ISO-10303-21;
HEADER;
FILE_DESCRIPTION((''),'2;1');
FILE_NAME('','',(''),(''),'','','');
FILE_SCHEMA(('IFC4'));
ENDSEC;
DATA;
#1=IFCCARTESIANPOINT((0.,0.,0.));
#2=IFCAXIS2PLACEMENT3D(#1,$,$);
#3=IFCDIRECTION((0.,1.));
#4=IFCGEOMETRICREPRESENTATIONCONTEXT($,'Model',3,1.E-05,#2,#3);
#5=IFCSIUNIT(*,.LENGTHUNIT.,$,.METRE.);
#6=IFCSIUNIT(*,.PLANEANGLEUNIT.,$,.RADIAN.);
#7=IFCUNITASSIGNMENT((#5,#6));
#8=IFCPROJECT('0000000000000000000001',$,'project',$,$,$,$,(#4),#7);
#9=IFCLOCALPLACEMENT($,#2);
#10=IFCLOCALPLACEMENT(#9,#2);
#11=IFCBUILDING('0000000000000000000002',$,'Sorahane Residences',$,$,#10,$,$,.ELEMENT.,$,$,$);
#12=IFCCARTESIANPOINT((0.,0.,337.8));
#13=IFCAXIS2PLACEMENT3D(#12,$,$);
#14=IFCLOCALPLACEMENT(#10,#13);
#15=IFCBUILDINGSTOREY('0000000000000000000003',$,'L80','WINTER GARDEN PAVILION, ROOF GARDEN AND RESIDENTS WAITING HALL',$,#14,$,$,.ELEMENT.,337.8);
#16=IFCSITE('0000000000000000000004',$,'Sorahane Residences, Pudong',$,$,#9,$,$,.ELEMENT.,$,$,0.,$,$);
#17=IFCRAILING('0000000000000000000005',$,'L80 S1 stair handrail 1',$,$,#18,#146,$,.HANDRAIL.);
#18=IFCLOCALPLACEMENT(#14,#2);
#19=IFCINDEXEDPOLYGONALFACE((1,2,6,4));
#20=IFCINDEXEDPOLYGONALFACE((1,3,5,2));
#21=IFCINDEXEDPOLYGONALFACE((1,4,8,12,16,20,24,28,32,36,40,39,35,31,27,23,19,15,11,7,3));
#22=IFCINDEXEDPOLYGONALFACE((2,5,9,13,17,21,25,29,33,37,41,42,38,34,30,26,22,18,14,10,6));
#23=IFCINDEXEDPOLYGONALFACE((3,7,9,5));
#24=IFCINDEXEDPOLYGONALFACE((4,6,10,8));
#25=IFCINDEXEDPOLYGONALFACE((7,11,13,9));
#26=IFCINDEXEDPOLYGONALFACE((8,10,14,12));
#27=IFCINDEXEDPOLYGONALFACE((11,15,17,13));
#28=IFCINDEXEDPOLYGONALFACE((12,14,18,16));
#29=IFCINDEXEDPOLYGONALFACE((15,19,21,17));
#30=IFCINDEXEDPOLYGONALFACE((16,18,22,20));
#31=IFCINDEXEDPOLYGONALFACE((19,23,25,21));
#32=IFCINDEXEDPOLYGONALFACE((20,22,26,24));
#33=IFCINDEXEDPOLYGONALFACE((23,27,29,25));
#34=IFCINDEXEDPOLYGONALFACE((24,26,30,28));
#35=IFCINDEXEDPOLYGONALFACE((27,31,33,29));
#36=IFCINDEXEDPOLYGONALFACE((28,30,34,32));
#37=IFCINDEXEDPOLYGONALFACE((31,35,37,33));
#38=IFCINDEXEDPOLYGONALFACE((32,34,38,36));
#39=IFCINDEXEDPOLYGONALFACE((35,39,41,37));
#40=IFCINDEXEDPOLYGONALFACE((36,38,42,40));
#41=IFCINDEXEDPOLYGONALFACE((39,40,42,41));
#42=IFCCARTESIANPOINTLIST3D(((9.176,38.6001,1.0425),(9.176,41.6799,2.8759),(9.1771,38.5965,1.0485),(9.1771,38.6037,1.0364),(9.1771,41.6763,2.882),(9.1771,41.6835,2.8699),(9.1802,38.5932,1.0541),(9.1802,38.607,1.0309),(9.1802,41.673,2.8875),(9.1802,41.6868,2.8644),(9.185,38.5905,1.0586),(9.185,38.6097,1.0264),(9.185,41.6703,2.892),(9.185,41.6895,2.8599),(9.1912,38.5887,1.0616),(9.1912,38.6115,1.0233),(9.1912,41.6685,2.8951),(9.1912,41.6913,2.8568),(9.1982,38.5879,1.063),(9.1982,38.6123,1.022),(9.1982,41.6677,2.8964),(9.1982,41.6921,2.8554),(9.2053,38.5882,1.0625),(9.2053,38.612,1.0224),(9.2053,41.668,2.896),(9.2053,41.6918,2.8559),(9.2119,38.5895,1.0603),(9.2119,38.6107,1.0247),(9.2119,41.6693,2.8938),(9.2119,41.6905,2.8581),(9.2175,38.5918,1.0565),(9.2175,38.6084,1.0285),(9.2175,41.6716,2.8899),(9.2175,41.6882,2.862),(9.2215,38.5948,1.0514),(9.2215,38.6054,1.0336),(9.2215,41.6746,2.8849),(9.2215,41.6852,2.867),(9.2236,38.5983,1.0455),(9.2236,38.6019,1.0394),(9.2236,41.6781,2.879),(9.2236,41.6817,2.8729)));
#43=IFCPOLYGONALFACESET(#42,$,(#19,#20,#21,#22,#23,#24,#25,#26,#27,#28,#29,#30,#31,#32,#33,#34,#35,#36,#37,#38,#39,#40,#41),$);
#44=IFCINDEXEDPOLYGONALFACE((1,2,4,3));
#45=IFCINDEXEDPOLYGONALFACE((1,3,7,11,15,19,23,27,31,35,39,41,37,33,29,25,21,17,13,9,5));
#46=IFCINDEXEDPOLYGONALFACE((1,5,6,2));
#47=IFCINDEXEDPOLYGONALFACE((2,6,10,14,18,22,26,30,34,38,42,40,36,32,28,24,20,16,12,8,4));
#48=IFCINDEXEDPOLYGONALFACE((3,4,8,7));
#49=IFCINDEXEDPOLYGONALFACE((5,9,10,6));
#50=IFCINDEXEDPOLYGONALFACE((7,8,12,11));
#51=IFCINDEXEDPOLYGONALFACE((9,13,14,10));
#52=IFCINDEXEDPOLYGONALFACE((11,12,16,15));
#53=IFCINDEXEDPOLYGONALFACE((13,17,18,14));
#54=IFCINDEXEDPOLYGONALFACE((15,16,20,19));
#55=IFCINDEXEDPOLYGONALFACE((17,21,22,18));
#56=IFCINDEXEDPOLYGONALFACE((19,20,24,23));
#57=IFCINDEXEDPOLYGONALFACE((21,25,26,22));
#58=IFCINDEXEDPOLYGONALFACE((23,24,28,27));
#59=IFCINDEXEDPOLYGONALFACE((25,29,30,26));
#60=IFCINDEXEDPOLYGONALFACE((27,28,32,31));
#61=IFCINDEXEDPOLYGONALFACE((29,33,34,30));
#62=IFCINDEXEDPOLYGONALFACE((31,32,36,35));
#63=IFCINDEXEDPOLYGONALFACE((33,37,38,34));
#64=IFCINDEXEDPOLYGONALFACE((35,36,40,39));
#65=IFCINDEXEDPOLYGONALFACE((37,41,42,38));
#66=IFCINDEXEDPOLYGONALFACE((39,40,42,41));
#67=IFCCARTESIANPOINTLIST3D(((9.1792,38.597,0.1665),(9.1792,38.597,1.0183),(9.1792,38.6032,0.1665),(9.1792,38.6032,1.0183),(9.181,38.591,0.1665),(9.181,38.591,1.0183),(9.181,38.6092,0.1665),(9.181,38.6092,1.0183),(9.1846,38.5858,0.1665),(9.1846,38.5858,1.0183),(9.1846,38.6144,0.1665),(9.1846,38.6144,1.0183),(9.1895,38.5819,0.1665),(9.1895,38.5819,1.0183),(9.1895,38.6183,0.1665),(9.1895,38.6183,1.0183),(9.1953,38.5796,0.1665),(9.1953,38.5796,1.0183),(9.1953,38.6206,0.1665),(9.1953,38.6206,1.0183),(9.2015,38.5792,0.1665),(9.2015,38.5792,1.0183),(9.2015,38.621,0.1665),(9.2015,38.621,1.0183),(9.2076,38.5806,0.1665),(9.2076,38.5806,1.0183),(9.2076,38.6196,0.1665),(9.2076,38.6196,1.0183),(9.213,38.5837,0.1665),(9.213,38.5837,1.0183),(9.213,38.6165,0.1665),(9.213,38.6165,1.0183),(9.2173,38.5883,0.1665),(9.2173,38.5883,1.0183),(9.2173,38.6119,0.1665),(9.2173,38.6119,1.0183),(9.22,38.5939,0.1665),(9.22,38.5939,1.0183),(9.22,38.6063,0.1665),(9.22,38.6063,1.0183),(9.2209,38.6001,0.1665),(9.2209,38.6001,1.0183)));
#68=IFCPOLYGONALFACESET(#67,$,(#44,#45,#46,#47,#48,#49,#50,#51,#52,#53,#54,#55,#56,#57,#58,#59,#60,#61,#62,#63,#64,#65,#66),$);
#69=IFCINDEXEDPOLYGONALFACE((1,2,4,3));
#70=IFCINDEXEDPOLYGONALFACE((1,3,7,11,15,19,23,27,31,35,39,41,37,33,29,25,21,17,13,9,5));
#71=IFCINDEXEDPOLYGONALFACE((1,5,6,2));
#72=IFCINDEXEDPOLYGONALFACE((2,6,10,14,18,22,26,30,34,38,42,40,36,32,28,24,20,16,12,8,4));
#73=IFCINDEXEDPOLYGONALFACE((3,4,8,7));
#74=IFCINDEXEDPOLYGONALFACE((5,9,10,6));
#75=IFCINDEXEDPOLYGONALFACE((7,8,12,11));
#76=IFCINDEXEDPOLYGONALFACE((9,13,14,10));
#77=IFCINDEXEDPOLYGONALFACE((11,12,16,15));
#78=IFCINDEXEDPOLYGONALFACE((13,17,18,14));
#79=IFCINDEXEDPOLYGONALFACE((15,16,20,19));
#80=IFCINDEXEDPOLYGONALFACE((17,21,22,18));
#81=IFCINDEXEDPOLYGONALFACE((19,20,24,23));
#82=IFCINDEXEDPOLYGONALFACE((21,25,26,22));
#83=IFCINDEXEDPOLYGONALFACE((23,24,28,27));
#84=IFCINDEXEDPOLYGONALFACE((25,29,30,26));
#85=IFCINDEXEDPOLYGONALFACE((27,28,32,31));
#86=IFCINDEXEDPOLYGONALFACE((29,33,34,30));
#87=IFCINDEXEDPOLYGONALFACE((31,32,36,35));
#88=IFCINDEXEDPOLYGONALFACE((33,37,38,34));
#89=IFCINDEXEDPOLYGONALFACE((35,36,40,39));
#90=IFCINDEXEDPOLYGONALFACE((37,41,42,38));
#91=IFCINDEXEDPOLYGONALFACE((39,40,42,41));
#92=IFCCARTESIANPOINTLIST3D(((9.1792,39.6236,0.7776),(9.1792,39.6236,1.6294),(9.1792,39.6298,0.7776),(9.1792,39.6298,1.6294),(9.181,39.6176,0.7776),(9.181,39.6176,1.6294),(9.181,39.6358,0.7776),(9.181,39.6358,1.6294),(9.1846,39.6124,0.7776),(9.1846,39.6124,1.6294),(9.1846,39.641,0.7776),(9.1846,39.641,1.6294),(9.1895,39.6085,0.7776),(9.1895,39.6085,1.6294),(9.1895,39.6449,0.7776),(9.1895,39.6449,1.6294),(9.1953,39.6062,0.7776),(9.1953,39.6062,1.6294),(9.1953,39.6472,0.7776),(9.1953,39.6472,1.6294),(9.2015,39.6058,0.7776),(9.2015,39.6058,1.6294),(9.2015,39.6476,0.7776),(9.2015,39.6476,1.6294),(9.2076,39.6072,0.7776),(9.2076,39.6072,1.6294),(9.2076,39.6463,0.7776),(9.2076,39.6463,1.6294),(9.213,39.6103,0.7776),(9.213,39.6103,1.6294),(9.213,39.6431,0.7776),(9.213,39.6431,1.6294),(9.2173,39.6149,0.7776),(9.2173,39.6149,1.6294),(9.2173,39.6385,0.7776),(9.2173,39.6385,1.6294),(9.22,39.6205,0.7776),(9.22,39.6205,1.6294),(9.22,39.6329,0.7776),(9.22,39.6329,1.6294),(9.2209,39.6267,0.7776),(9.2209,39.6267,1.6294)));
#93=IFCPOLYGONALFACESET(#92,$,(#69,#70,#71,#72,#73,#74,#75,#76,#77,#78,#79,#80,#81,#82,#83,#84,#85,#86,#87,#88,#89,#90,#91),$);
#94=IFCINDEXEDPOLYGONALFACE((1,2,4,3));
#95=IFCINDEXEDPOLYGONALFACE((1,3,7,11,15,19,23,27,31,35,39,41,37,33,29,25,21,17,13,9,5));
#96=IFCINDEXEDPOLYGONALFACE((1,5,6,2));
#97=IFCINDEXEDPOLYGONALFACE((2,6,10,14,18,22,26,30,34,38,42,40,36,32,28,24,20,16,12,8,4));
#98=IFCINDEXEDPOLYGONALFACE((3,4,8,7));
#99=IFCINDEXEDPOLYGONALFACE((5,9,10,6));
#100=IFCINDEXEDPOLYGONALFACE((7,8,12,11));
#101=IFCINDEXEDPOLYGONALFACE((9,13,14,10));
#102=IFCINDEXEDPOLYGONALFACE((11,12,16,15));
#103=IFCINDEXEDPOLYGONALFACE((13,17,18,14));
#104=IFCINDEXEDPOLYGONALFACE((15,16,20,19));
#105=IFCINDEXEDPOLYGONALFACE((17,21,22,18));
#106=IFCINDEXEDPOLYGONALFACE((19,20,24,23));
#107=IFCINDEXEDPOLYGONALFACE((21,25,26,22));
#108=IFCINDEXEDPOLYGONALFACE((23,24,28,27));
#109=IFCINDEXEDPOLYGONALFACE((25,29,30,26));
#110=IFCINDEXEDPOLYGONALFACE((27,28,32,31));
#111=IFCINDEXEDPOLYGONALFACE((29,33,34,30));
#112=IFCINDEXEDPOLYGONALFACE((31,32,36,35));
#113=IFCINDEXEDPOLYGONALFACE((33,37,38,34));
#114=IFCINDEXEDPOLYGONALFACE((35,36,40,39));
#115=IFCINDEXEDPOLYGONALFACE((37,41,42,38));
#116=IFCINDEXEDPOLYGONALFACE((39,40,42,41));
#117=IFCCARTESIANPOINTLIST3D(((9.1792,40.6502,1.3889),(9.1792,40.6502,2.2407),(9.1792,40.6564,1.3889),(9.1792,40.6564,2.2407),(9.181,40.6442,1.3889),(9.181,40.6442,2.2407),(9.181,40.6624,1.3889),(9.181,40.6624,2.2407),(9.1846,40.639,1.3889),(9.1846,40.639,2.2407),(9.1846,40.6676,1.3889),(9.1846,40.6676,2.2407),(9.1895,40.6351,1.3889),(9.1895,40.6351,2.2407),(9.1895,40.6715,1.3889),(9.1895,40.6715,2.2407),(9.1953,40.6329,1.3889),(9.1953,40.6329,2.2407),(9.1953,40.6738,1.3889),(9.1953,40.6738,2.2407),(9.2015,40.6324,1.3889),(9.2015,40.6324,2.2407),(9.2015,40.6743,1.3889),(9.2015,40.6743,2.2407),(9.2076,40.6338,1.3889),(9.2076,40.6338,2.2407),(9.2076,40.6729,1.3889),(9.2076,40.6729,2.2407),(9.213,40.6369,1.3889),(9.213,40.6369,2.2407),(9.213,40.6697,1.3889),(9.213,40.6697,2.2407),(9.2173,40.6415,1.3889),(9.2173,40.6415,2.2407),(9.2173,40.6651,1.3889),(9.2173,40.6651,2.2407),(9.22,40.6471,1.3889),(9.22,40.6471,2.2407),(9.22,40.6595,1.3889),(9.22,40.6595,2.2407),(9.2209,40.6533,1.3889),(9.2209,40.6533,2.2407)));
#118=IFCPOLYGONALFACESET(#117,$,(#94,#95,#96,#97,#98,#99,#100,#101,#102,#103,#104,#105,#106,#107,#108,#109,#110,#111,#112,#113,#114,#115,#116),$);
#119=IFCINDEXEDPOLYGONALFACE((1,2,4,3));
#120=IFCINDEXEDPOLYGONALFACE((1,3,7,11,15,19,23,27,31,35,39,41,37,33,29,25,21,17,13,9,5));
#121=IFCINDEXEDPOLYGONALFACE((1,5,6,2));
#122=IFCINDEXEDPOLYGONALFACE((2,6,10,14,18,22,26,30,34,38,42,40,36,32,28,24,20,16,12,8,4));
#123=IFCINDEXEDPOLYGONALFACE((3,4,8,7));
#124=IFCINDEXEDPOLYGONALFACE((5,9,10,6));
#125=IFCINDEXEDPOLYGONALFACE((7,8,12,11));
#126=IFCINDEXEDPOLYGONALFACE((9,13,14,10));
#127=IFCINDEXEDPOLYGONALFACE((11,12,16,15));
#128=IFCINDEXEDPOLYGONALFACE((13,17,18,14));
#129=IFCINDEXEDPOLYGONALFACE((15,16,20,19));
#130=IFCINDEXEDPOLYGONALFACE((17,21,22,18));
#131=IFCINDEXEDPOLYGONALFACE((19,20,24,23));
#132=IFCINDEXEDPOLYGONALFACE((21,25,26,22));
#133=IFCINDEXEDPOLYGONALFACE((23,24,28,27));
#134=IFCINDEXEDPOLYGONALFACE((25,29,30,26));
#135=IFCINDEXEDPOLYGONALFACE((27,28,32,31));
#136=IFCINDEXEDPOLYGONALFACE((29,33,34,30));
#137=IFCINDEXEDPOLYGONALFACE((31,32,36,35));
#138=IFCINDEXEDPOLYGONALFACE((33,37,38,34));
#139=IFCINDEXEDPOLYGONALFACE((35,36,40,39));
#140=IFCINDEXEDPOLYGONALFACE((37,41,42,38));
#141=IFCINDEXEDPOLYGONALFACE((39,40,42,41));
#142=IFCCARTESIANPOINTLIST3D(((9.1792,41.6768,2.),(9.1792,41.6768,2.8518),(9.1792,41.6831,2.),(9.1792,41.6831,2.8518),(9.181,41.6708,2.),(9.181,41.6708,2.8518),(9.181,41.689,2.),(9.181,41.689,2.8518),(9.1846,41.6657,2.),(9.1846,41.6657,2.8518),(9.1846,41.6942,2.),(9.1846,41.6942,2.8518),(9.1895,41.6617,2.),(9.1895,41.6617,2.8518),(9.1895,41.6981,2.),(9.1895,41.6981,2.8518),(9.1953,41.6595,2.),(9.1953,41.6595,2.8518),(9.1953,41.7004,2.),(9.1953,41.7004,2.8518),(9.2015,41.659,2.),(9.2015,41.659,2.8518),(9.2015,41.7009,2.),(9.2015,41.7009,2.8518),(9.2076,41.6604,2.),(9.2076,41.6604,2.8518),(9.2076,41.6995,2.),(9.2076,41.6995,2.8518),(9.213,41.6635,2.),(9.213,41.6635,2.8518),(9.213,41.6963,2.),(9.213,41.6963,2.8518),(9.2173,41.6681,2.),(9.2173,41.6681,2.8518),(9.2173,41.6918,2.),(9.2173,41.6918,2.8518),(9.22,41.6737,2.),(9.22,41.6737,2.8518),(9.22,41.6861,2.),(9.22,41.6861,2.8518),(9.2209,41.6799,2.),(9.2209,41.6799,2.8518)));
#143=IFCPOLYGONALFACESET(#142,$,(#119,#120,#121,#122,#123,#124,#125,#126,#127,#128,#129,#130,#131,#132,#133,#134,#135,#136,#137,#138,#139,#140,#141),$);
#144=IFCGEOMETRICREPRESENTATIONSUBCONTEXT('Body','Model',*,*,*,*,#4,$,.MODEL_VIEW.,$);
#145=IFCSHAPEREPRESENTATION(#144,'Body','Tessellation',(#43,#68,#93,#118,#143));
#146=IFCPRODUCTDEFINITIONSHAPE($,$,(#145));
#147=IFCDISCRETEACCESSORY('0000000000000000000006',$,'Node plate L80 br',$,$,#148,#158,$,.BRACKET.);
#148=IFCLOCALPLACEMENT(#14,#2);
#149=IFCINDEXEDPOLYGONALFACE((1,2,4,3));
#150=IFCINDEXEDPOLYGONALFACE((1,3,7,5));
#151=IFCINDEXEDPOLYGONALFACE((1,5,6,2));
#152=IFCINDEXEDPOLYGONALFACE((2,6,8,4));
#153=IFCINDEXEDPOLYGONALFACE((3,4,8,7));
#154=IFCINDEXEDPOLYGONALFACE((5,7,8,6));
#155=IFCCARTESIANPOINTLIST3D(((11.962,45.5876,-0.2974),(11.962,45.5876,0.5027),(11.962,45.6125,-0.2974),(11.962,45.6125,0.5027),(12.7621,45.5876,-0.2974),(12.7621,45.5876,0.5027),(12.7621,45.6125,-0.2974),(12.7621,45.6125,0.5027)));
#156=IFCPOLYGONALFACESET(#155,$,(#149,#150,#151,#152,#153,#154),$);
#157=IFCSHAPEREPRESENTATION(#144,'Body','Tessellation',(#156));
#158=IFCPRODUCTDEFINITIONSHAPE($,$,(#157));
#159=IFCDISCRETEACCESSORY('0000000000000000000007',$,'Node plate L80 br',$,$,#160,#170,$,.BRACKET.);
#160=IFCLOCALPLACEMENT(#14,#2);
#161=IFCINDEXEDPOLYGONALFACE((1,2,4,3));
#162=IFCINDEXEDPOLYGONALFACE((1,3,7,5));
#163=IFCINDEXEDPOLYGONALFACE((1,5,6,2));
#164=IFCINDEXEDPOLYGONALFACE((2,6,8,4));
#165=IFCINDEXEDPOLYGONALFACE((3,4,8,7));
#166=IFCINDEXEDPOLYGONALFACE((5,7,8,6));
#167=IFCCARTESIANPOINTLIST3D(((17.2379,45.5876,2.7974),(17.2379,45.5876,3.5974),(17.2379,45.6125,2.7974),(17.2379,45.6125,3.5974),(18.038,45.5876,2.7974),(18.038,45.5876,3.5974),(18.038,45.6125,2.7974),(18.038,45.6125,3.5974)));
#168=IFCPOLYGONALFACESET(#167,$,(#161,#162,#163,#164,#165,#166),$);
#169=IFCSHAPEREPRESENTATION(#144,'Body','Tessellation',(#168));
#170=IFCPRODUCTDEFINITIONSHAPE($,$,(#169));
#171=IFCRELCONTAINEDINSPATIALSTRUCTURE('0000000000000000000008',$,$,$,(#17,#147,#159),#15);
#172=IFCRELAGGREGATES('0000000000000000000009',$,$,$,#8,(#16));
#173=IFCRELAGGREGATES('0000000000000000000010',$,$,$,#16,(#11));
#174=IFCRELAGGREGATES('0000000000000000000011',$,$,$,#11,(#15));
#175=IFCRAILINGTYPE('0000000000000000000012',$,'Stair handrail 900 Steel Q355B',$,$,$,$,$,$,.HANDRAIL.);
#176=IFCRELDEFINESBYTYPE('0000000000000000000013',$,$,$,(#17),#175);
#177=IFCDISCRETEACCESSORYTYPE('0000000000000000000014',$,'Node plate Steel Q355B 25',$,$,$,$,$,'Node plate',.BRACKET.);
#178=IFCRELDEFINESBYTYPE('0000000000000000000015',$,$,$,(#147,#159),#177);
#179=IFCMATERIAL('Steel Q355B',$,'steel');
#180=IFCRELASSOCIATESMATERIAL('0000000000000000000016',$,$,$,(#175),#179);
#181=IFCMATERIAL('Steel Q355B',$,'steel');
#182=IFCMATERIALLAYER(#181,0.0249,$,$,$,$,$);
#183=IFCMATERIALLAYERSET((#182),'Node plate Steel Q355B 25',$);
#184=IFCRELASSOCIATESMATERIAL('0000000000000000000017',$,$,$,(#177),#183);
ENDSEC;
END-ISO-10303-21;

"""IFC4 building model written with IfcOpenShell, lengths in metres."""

from ifc_helpers import new_model, si_unit, direction, frame, origin, origin_2d, place, context, subcontext, project, spatial, rectangle, circle, extrude, material, layer, layer_set, type_object, element, save


model = new_model("IFC4")

# Units and contexts
model_context = context("Model", 3, precision=1e-05, world=origin(), true_north=direction((0.0, 1.0)))
body_context = subcontext(model_context, "Body", "Model", "MODEL_VIEW")
ifc_project = project(units=[si_unit("LENGTHUNIT", "METRE"), si_unit("PLANEANGLEUNIT", "RADIAN")], contexts=[model_context])

# Site, building, storey
site_placement = place(None, origin())
site = spatial("IfcSite", under=ifc_project, at=site_placement, Name="Sorahane Residences, Pudong", CompositionType="ELEMENT", RefElevation=0.0)
building_placement = place(site_placement, origin())
building = spatial("IfcBuilding", under=site, at=building_placement, Name="Sorahane Residences", CompositionType="ELEMENT")
storey_placement = place(building_placement, frame((0.0, 0.0, 337.8)))
storey = spatial("IfcBuildingStorey", under=building, at=storey_placement, Name="L80", Description="WINTER GARDEN PAVILION, ROOF GARDEN AND RESIDENTS WAITING HALL", CompositionType="ELEMENT", Elevation=337.8)

# Railing
ifc_material_1 = material(Name="Steel Q355B", Category="steel")
railing_type = type_object("IfcRailingType", Name="Stair handrail 900 Steel Q355B", PredefinedType="HANDRAIL", material=ifc_material_1)
railing_placement = place(storey_placement, frame((9.2, 38.6001, 0.1665)))
element("IfcRailing", 1, at=railing_placement, inside=storey, type_object=railing_type, Name="L80 S1 stair handrail 1", PredefinedType="HANDRAIL", context=body_context, shape_type="SweptSolid", body=[
    extrude(circle(Radius=0.0239, at=origin_2d()), frame((0.0, 0.0, 0.876), z_axis=(0.0, 0.859261, 0.511538), x_axis=(-1.0, 0.0, 0.0)), (0.0, 0.0, 1.0), 3.5842),
    extrude(circle(Radius=0.021, at=origin_2d()), origin(), (0.0, 0.0, 1.0), 0.8518),
    extrude(circle(Radius=0.021, at=origin_2d()), frame((0.0, 1.0266, 0.6111)), (0.0, 0.0, 1.0), 0.8518),
    extrude(circle(Radius=0.021, at=origin_2d()), frame((0.0, 2.0532, 1.2224)), (0.0, 0.0, 1.0), 0.8518),
    extrude(circle(Radius=0.021, at=origin_2d()), frame((0.0, 3.0798, 1.8335)), (0.0, 0.0, 1.0), 0.8518),
])

# Discrete accessories
ifc_material_2 = material(Name="Steel Q355B", Category="steel")
ifc_layer_1 = layer(ifc_material_2, 0.0249)
ifc_layer_set_1 = layer_set([ifc_layer_1], Name="Node plate Steel Q355B 25")
discrete_accessory_type = type_object("IfcDiscreteAccessoryType", Name="Node plate Steel Q355B 25", ElementType="Node plate", PredefinedType="BRACKET", material=ifc_layer_set_1)
for number, where, z_axis, x_axis, name in (
    (2, (12.3621, 45.6001, -0.2974), (0.0, 0.0, 1.0), (1.0, 0.0, 0.0), "Node plate L80 br"),
    (3, (17.6379, 45.6001, 2.7974), (0.0, 0.0, 1.0), (1.0, 0.0, 0.0), "Node plate L80 br"),
):
    element("IfcDiscreteAccessory", number, at=place(storey_placement, frame(where, z_axis=z_axis, x_axis=x_axis)), inside=storey, type_object=discrete_accessory_type, Name=name, PredefinedType="BRACKET", context=body_context, shape_type="SweptSolid", body=[
        extrude(rectangle(XDim=0.8, YDim=0.0249, at=origin_2d()), origin(), (0.0, 0.0, 1.0), 0.8),
    ])

save(model, "model.ifc")
